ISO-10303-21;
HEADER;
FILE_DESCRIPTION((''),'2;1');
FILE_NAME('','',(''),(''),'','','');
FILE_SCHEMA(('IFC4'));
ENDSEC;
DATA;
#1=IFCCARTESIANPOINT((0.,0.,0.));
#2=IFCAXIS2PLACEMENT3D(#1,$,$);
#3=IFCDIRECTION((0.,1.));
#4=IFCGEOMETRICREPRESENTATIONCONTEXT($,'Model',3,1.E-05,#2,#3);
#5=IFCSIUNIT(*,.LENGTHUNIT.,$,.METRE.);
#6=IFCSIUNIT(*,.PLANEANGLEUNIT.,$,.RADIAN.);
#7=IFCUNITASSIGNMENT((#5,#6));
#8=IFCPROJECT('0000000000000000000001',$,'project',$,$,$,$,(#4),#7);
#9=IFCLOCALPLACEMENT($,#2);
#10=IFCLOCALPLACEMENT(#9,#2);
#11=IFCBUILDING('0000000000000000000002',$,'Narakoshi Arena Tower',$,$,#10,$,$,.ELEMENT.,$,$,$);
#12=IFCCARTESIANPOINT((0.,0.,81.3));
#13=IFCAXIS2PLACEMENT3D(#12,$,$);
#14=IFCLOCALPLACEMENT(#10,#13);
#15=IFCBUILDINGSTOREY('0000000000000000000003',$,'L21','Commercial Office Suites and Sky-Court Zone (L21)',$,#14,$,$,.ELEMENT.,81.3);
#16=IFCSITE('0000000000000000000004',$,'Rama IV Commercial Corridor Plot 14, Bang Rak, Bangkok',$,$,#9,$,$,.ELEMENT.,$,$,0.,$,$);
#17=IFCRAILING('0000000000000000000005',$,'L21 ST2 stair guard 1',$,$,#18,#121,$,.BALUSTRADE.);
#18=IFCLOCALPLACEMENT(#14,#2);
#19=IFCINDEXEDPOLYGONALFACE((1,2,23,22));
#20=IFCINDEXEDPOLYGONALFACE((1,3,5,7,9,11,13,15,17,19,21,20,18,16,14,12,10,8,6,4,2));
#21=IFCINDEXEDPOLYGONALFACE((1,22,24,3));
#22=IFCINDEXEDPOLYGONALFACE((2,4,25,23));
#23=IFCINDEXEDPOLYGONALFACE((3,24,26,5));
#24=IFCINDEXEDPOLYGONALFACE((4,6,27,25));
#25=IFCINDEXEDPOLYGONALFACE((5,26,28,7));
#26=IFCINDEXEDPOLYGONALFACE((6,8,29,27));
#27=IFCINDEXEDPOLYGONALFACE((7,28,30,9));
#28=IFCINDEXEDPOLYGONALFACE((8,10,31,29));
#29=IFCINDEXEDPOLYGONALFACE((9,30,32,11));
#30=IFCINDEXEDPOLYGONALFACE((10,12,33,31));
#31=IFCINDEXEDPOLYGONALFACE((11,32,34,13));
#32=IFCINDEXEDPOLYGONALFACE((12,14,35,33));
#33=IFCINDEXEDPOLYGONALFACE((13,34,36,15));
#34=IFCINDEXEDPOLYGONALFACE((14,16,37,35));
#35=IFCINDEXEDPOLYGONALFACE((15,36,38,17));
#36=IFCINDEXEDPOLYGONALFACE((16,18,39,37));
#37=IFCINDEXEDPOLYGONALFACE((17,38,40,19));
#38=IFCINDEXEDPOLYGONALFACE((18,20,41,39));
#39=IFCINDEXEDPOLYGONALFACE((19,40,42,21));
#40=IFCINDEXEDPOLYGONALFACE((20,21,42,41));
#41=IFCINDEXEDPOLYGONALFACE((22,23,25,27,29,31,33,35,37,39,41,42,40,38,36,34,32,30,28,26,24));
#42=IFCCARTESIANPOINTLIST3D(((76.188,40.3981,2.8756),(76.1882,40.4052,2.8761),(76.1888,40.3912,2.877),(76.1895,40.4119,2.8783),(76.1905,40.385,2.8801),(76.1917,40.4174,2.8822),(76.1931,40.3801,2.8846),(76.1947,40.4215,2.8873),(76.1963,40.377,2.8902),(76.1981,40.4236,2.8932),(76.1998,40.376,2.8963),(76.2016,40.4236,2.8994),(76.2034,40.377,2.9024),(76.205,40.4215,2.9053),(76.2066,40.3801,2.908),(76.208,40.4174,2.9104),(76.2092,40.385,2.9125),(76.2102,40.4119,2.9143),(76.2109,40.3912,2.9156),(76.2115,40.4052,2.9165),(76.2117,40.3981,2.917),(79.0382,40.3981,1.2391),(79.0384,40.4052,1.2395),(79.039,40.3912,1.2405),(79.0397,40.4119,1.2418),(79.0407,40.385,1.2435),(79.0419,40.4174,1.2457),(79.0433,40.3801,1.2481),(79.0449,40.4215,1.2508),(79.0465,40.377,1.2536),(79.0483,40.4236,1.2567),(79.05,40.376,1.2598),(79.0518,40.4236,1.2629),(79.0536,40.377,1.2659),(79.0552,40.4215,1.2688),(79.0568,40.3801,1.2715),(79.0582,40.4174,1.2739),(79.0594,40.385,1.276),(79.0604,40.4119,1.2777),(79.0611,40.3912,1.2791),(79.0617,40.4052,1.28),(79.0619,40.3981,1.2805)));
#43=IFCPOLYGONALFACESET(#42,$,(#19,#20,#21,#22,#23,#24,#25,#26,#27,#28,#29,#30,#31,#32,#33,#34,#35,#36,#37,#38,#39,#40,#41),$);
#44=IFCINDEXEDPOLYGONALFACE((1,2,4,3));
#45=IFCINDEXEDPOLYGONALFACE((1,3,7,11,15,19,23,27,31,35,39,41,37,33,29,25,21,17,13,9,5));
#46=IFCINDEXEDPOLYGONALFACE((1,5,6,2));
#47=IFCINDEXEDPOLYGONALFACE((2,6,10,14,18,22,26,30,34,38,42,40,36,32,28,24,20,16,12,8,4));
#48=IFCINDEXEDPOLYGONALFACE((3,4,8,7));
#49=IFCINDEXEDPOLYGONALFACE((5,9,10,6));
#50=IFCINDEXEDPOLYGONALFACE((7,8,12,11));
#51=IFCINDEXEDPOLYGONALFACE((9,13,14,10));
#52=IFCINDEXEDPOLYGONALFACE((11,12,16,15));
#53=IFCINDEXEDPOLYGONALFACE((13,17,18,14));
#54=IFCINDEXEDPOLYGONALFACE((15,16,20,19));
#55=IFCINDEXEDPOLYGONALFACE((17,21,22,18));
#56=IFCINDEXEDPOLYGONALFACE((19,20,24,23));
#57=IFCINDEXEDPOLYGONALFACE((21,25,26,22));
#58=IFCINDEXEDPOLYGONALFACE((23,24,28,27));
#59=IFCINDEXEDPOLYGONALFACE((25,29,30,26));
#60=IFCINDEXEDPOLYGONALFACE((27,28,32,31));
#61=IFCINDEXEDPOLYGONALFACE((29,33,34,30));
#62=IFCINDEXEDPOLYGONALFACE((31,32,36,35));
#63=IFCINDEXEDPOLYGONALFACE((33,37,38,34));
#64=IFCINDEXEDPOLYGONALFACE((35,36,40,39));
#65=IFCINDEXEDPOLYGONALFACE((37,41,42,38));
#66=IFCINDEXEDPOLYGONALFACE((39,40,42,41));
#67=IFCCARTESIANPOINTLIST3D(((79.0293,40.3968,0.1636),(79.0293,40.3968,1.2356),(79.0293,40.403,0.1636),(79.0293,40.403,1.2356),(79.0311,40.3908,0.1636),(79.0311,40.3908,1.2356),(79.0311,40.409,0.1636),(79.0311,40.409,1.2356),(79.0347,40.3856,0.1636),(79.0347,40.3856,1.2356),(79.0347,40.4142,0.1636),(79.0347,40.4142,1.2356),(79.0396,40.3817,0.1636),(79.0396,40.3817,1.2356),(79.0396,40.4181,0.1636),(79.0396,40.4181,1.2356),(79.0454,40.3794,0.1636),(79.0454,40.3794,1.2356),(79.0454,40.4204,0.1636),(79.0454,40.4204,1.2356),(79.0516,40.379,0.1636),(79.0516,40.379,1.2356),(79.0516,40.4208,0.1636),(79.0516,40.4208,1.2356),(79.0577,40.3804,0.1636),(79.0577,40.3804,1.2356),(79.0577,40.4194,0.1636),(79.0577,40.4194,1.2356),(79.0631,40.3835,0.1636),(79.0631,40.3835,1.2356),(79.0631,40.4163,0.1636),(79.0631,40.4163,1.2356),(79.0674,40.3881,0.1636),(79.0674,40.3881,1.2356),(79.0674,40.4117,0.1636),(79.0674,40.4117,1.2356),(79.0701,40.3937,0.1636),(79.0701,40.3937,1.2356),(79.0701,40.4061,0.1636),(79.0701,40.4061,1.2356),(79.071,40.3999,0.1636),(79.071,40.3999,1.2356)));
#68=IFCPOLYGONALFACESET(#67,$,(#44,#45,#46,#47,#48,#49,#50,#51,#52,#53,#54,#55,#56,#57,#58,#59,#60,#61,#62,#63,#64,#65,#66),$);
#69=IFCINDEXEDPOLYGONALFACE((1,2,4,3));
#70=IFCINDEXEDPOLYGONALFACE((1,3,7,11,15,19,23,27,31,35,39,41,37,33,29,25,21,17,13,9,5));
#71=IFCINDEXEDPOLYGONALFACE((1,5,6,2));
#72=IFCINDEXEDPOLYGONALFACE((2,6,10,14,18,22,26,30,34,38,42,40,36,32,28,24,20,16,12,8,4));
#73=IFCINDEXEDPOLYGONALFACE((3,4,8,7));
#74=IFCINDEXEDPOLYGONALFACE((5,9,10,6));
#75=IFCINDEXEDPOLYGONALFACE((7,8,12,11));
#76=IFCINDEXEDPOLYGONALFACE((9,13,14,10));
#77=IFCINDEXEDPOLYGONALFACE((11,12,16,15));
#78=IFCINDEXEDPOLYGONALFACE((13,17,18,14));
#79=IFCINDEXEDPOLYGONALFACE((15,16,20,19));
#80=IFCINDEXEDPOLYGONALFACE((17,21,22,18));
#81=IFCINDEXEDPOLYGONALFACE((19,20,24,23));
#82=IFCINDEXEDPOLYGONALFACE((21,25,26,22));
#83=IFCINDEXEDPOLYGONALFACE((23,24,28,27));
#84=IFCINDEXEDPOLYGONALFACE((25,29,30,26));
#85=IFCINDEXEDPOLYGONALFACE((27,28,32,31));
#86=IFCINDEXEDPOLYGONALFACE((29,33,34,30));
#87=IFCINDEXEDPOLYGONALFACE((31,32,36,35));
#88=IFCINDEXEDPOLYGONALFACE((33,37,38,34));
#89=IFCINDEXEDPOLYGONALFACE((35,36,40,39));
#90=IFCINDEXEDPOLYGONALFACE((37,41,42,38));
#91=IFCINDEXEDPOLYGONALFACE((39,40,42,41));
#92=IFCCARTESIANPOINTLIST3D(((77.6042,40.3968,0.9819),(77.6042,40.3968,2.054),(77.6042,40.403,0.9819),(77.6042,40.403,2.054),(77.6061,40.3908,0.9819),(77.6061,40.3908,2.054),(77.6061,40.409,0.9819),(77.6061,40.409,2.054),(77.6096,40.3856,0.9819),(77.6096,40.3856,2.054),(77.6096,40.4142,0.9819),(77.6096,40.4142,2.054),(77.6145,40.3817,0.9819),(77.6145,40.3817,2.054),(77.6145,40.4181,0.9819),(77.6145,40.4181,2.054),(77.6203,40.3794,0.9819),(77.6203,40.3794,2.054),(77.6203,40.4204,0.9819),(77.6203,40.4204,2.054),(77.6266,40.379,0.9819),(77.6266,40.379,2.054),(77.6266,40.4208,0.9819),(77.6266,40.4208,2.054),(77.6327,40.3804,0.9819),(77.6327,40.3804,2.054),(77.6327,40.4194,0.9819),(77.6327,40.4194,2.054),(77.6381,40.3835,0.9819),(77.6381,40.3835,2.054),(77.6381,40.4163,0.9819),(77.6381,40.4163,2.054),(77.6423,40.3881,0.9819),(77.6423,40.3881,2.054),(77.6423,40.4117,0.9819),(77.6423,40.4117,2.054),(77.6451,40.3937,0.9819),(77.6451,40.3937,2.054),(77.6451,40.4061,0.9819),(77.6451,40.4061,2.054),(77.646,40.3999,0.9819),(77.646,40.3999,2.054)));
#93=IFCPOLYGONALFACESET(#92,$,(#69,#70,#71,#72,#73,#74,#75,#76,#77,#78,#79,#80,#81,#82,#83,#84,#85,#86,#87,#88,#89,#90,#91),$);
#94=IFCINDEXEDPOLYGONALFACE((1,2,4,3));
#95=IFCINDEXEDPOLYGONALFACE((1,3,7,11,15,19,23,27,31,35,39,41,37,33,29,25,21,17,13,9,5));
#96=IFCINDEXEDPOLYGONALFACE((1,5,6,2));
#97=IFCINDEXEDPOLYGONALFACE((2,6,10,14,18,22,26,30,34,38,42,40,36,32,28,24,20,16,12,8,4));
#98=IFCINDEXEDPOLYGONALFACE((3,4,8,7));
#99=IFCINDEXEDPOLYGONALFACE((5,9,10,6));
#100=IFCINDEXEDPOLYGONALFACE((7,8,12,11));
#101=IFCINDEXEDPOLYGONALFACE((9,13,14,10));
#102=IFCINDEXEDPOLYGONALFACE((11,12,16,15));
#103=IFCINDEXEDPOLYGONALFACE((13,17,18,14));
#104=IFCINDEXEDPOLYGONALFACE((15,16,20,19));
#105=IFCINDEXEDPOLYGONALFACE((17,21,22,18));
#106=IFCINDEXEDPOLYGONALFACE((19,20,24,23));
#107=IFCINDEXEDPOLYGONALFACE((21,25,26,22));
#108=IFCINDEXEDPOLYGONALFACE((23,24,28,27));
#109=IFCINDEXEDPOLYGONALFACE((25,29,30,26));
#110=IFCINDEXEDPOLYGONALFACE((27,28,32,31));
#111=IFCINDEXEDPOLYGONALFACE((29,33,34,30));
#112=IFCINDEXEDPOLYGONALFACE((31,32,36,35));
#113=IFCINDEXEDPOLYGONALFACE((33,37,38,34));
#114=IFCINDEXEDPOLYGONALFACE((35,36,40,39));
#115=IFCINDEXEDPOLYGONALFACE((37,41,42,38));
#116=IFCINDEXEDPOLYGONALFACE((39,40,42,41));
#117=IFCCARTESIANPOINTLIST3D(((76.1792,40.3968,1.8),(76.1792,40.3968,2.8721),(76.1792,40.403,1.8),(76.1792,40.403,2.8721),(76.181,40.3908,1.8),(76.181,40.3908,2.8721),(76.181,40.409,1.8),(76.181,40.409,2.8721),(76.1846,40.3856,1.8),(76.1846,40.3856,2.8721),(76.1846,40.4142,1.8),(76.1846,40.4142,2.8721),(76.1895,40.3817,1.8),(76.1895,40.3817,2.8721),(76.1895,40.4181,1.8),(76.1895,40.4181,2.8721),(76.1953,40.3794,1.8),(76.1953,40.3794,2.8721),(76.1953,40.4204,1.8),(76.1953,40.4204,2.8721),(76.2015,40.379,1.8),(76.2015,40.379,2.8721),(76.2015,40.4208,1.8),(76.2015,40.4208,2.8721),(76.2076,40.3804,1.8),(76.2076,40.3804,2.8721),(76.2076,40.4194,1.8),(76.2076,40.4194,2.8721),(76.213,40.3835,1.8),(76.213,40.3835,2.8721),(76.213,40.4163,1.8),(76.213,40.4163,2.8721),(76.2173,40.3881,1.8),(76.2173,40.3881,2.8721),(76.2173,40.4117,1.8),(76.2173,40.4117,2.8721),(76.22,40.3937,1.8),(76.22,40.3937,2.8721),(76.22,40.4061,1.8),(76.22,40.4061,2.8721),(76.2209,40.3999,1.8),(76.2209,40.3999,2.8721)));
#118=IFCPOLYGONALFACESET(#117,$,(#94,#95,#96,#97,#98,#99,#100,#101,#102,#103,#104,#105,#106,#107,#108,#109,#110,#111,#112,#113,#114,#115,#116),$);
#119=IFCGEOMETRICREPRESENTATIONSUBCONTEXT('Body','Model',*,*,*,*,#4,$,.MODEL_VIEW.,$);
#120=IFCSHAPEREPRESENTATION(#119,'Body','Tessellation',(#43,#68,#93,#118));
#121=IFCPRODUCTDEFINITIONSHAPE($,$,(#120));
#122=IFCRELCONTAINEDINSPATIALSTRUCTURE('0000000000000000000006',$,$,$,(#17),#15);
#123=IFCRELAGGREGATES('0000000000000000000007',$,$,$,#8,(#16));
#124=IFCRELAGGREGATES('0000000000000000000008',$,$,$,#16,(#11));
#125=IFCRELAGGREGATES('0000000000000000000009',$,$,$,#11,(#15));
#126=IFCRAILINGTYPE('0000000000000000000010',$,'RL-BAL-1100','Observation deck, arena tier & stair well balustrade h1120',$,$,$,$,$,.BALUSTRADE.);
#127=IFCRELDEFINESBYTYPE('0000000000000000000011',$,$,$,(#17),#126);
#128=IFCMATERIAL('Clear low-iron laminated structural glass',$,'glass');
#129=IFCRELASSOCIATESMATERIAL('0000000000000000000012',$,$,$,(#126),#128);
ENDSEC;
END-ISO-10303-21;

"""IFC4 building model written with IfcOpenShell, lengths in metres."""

from ifc_helpers import new_model, si_unit, direction, frame, origin, origin_2d, place, context, subcontext, project, spatial, circle, extrude, material, type_object, element, save


model = new_model("IFC4")

# Units and contexts
model_context = context("Model", 3, precision=1e-05, world=origin(), true_north=direction((0.0, 1.0)))
body_context = subcontext(model_context, "Body", "Model", "MODEL_VIEW")
ifc_project = project(units=[si_unit("LENGTHUNIT", "METRE"), si_unit("PLANEANGLEUNIT", "RADIAN")], contexts=[model_context])

# Site, building, storey
site_placement = place(None, origin())
site = spatial("IfcSite", under=ifc_project, at=site_placement, Name="Rama IV Commercial Corridor Plot 14, Bang Rak, Bangkok", CompositionType="ELEMENT", RefElevation=0.0)
building_placement = place(site_placement, origin())
building = spatial("IfcBuilding", under=site, at=building_placement, Name="Narakoshi Arena Tower", CompositionType="ELEMENT")
storey_placement = place(building_placement, frame((0.0, 0.0, 81.3)))
storey = spatial("IfcBuildingStorey", under=building, at=storey_placement, Name="L21", Description="Commercial Office Suites and Sky-Court Zone (L21)", CompositionType="ELEMENT", Elevation=81.3)

# Railing
ifc_material_1 = material(Name="Clear low-iron laminated structural glass", Category="glass")
railing_type_1 = type_object("IfcRailingType", Name="RL-BAL-1100", Description="Observation deck, arena tier & stair well balustrade h1120", PredefinedType="BALUSTRADE", material=ifc_material_1)
railing_1_placement = place(storey_placement, frame((79.05, 40.3999, 0.1636)))
element("IfcRailing", 1, at=railing_1_placement, inside=storey, type_object=railing_type_1, Name="L21 ST2 stair guard 1", PredefinedType="BALUSTRADE", context=body_context, shape_type="SweptSolid", body=[
    extrude(circle(Radius=0.0239, at=origin_2d()), frame((0.0, 0.0, 1.0962), z_axis=(-0.867213, 0.0, 0.497938), x_axis=(0.0, -1.0, 0.0)), (0.0, 0.0, 1.0), 3.2866),
    extrude(circle(Radius=0.021, at=origin_2d()), origin(), (0.0, 0.0, 1.0), 1.072),
    extrude(circle(Radius=0.021, at=origin_2d()), frame((-1.425, 0.0, 0.8184)), (0.0, 0.0, 1.0), 1.072),
    extrude(circle(Radius=0.021, at=origin_2d()), frame((-2.8501, 0.0, 1.6365)), (0.0, 0.0, 1.0), 1.072),
])

save(model, "model.ifc")
